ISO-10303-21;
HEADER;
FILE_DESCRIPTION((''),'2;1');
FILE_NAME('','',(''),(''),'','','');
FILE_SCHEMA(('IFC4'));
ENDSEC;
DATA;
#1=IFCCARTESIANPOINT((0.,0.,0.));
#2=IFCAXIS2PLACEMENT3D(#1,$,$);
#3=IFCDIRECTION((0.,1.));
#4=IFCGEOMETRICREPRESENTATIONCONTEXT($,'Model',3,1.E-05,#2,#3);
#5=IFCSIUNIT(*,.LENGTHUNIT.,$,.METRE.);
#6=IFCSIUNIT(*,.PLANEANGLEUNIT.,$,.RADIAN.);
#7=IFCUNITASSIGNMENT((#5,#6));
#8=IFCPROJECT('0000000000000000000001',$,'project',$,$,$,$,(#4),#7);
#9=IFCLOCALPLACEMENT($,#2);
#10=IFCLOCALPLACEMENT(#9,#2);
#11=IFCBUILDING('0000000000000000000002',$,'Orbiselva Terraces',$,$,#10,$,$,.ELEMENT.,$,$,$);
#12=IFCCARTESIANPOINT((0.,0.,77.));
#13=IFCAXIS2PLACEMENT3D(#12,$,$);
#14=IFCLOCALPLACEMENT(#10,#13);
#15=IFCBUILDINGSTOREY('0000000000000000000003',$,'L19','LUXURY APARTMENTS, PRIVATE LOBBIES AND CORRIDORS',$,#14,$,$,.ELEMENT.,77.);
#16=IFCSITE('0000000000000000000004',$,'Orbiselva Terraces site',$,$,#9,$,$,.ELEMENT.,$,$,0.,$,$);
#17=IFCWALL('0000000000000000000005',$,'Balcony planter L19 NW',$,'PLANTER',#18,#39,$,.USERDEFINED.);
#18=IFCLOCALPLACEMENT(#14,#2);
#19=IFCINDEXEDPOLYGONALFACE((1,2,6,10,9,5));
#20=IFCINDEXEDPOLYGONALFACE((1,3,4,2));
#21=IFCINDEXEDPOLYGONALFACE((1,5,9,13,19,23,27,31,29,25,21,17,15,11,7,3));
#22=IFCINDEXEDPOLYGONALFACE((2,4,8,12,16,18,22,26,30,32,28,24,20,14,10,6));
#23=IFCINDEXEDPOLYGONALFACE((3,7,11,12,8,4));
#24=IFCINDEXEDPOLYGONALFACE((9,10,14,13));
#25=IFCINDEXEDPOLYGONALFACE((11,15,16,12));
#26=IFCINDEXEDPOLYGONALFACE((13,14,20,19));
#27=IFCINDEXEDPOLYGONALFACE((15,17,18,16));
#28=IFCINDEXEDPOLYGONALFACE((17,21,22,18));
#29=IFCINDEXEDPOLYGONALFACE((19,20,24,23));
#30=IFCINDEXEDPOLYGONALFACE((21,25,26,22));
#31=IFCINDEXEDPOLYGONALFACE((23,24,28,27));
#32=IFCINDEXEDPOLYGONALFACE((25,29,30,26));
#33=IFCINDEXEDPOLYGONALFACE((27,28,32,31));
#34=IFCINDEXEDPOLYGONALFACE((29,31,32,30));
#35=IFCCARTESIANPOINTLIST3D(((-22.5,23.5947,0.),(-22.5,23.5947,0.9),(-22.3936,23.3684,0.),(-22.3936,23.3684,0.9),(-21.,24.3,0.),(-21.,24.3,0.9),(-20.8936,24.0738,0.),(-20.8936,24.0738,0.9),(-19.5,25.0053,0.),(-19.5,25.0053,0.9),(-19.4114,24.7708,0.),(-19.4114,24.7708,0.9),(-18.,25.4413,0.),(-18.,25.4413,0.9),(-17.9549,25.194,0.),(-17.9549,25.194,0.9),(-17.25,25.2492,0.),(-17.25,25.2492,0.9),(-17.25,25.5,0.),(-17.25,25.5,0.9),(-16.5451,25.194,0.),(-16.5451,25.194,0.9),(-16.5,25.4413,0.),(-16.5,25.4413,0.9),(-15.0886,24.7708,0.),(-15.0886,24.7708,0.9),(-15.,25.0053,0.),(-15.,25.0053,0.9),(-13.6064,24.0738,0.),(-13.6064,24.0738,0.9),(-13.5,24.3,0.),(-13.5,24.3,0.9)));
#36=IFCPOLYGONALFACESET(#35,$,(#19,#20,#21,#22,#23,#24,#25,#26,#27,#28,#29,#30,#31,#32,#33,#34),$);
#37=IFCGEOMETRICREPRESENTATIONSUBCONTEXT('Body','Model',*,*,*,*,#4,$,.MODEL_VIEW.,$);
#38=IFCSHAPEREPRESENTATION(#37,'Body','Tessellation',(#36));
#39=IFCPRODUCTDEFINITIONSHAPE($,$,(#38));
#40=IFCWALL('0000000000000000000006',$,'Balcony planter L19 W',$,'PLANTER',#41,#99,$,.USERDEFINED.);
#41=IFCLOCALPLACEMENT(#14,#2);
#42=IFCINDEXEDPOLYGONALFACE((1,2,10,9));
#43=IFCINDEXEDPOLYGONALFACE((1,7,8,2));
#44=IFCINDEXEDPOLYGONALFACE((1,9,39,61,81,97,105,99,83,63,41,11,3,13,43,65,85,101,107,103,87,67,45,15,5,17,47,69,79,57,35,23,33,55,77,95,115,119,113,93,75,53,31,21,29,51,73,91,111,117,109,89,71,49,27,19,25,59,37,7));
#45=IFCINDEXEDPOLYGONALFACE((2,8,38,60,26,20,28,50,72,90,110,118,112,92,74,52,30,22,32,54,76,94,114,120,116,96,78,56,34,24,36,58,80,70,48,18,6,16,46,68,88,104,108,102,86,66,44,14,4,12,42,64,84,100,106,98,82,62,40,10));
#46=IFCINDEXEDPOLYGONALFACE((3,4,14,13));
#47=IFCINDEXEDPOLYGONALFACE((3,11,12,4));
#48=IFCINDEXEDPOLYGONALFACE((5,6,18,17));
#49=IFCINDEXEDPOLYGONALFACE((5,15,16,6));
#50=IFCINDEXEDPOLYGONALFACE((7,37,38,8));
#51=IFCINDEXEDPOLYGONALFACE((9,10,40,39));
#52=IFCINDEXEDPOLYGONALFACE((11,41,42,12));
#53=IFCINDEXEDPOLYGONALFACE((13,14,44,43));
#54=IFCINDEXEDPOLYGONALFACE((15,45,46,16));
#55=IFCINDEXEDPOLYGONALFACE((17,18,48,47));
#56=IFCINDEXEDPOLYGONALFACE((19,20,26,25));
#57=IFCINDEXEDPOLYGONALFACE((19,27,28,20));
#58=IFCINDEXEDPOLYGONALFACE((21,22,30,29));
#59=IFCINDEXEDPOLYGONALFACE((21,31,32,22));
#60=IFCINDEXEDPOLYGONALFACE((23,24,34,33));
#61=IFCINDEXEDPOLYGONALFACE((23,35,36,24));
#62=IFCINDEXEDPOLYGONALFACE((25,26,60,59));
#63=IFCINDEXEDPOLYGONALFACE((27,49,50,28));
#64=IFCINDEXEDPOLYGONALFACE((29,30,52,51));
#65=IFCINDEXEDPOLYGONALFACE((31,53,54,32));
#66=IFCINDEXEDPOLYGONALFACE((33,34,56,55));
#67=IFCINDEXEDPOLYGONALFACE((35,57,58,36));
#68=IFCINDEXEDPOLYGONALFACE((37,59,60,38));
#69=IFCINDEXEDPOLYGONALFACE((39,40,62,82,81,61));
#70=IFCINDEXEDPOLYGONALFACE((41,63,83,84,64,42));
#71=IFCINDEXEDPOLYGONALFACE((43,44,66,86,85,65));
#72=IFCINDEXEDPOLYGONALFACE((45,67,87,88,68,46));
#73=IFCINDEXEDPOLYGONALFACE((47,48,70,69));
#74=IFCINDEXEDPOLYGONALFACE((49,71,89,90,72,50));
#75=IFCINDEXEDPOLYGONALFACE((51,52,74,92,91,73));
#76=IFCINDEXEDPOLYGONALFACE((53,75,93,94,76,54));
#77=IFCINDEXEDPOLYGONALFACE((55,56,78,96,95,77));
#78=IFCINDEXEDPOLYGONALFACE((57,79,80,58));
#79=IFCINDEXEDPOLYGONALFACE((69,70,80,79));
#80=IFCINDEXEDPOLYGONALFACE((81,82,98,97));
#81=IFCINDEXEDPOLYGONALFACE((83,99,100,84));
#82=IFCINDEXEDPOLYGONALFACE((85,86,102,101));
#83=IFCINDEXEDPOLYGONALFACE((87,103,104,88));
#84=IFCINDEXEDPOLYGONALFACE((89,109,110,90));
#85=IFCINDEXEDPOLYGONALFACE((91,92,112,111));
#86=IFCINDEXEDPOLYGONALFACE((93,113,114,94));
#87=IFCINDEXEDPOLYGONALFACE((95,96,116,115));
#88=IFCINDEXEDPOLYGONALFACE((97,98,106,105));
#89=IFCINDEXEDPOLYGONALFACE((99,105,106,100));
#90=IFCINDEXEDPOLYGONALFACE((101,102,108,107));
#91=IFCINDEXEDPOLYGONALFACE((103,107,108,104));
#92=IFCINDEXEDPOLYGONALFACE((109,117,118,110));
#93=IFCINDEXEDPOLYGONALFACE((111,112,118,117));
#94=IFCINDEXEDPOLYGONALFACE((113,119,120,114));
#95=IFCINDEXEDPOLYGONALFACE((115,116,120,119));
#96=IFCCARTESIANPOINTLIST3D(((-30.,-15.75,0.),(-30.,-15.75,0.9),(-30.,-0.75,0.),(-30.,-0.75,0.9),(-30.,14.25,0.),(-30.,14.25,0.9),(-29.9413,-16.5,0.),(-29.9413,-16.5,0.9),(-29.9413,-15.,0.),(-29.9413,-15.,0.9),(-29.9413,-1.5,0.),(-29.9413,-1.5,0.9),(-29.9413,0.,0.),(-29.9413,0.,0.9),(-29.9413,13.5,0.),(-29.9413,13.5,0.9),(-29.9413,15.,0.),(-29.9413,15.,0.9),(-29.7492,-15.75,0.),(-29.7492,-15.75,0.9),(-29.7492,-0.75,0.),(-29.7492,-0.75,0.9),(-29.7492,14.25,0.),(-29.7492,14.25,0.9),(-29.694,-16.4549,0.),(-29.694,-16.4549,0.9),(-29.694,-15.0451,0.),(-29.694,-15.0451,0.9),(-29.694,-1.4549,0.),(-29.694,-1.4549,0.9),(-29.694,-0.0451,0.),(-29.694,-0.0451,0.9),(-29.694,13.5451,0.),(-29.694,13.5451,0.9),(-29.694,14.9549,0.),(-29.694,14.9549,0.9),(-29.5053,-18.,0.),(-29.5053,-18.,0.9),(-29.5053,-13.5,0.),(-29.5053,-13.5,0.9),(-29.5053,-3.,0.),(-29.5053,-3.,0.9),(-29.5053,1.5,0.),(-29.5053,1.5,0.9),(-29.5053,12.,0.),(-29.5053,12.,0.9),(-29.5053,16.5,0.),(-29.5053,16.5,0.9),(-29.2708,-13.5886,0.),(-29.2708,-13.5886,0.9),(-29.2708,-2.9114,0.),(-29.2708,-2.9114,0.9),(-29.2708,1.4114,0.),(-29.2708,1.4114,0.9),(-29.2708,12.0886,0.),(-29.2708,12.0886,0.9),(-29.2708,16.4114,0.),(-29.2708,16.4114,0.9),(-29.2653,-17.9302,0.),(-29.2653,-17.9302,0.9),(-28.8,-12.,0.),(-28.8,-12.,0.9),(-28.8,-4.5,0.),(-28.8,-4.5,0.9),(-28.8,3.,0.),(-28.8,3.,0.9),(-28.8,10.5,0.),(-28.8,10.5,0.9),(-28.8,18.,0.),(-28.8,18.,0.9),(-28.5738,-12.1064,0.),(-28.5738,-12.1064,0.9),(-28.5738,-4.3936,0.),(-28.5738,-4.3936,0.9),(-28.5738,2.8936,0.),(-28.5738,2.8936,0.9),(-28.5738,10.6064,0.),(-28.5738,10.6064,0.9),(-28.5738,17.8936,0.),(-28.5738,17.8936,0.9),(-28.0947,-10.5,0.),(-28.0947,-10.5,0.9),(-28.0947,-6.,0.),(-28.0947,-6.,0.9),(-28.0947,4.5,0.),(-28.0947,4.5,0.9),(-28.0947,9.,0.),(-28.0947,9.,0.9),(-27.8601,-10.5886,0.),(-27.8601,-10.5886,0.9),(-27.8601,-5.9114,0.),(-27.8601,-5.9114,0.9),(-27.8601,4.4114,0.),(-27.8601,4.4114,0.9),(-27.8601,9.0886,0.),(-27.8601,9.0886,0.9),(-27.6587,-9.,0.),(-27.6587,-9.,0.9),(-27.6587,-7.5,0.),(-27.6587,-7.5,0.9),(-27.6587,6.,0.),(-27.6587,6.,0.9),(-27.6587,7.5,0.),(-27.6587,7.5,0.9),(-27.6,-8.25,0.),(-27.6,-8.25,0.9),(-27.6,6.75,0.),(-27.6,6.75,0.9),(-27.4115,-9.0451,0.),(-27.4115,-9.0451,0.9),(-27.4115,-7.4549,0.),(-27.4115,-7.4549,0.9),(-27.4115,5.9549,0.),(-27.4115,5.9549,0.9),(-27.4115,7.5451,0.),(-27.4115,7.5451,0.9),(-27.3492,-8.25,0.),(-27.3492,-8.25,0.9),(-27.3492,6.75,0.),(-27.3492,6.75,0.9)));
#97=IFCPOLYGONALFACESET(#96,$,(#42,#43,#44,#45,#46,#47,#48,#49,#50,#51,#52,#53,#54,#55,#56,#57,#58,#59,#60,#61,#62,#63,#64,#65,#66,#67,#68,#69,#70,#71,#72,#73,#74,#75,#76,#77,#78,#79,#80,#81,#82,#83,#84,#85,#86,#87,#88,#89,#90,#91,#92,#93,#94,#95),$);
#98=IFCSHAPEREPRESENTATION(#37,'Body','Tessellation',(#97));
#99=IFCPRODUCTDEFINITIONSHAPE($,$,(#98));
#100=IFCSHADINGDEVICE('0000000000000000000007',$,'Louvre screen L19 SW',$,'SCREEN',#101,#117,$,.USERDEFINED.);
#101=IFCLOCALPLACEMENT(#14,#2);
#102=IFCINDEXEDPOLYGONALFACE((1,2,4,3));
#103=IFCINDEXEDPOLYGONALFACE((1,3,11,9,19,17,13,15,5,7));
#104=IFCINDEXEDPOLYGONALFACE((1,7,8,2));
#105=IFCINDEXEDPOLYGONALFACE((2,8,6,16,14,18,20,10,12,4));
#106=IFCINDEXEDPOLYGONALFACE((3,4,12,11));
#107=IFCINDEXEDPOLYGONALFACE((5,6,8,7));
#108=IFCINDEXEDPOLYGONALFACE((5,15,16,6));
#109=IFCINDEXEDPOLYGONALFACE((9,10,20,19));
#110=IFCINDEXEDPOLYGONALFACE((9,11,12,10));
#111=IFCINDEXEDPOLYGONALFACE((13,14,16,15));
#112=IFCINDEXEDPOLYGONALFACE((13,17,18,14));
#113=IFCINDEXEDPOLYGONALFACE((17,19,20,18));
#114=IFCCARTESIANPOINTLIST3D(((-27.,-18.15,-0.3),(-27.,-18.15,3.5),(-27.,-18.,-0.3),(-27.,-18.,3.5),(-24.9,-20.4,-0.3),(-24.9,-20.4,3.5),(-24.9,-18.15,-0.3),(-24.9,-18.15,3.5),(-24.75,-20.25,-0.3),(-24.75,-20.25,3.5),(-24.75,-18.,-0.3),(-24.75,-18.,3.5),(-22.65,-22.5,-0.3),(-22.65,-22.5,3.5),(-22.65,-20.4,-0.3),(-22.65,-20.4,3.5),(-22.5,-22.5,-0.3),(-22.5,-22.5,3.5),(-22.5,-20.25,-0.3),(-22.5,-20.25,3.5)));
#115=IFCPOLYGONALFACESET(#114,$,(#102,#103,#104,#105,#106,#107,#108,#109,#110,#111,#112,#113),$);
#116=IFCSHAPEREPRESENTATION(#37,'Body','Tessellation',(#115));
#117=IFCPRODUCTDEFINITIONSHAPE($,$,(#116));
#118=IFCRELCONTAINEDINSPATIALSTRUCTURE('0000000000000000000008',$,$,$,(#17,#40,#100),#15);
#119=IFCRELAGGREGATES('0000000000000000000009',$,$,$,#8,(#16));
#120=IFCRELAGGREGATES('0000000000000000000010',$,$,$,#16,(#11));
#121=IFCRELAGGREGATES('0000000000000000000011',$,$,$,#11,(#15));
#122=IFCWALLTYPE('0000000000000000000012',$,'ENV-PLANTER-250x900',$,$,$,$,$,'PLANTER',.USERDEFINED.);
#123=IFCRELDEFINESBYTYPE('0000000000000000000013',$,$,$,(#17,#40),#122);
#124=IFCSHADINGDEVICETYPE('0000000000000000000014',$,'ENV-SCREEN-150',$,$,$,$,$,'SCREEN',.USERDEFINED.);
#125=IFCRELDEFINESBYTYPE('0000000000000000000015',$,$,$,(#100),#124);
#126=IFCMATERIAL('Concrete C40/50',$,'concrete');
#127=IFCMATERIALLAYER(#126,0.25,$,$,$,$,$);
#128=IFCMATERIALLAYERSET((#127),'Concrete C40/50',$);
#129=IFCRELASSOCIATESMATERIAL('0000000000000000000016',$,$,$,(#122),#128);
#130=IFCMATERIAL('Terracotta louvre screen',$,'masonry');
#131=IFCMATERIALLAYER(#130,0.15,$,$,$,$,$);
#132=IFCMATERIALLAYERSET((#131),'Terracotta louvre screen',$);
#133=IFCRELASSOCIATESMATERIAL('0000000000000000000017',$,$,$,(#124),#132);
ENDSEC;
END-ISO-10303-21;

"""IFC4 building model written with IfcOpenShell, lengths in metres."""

from ifc_helpers import new_model, si_unit, direction, frame, origin, place, context, subcontext, project, spatial, polyline, outline, extrude, material, layer, layer_set, type_object, element, save


model = new_model("IFC4")

# Units and contexts
model_context = context("Model", 3, precision=1e-05, world=origin(), true_north=direction((0.0, 1.0)))
body_context = subcontext(model_context, "Body", "Model", "MODEL_VIEW")
ifc_project = project(units=[si_unit("LENGTHUNIT", "METRE"), si_unit("PLANEANGLEUNIT", "RADIAN")], contexts=[model_context])

# Site, building, storey
site_placement = place(None, origin())
site = spatial("IfcSite", under=ifc_project, at=site_placement, Name="Orbiselva Terraces site", CompositionType="ELEMENT", RefElevation=0.0)
building_placement = place(site_placement, origin())
building = spatial("IfcBuilding", under=site, at=building_placement, Name="Orbiselva Terraces", CompositionType="ELEMENT")
storey_placement = place(building_placement, frame((0.0, 0.0, 77.0)))
storey = spatial("IfcBuildingStorey", under=building, at=storey_placement, Name="L19", Description="LUXURY APARTMENTS, PRIVATE LOBBIES AND CORRIDORS", CompositionType="ELEMENT", Elevation=77.0)

# Shared definitions
ifc_material_1 = material(Name="Concrete C40/50", Category="concrete")

# Walls
ifc_layer_1 = layer(ifc_material_1, 0.25)
ifc_layer_set_1 = layer_set([ifc_layer_1], Name="Concrete C40/50")
wall_type = type_object("IfcWallType", Name="ENV-PLANTER-250x900", ElementType="PLANTER", PredefinedType="USERDEFINED", material=ifc_layer_set_1)
wall_1_placement = place(storey_placement, origin())
element("IfcWall", 1, at=wall_1_placement, inside=storey, type_object=wall_type, Name="Balcony planter L19 NW", ObjectType="PLANTER", PredefinedType="USERDEFINED", context=body_context, shape_type="SweptSolid", body=[
    extrude(outline(polyline([(-13.5, 24.3), (-15.0, 25.0053), (-16.5, 25.4413), (-17.25, 25.5), (-18.0, 25.4413), (-19.5, 25.0053), (-21.0, 24.3), (-22.5, 23.5947), (-22.3936, 23.3684), (-20.8936, 24.0738), (-19.4114, 24.7708), (-17.9549, 25.194), (-17.25, 25.2492), (-16.5451, 25.194), (-15.0886, 24.7708), (-13.6064, 24.0738), (-13.5, 24.3)])), origin(), (0.0, 0.0, 1.0), 0.9),
])
wall_2_placement = place(storey_placement, origin())
element("IfcWall", 2, at=wall_2_placement, inside=storey, type_object=wall_type, Name="Balcony planter L19 W", ObjectType="PLANTER", PredefinedType="USERDEFINED", context=body_context, shape_type="SweptSolid", body=[
    extrude(outline(polyline([(-28.8, 18.0), (-29.5053, 16.5), (-29.9413, 15.0), (-30.0, 14.25), (-29.9413, 13.5), (-29.5053, 12.0), (-28.8, 10.5), (-28.0947, 9.0), (-27.6587, 7.5), (-27.6, 6.75), (-27.6587, 6.0), (-28.0947, 4.5), (-28.8, 3.0), (-29.5053, 1.5), (-29.9413, 0.0), (-30.0, -0.75), (-29.9413, -1.5), (-29.5053, -3.0), (-28.8, -4.5), (-28.0947, -6.0), (-27.6587, -7.5), (-27.6, -8.25), (-27.6587, -9.0), (-28.0947, -10.5), (-28.8, -12.0), (-29.5053, -13.5), (-29.9413, -15.0), (-30.0, -15.75), (-29.9413, -16.5), (-29.5053, -18.0), (-29.2653, -17.9302), (-29.694, -16.4549), (-29.7492, -15.75), (-29.694, -15.0451), (-29.2708, -13.5886), (-28.5738, -12.1064), (-27.8601, -10.5886), (-27.4115, -9.0451), (-27.3492, -8.25), (-27.4115, -7.4549), (-27.8601, -5.9114), (-28.5738, -4.3936), (-29.2708, -2.9114), (-29.694, -1.4549), (-29.7492, -0.75), (-29.694, -0.0451), (-29.2708, 1.4114), (-28.5738, 2.8936), (-27.8601, 4.4114), (-27.4115, 5.9549), (-27.3492, 6.75), (-27.4115, 7.5451), (-27.8601, 9.0886), (-28.5738, 10.6064), (-29.2708, 12.0886), (-29.694, 13.5451), (-29.7492, 14.25), (-29.694, 14.9549), (-29.2708, 16.4114), (-28.5738, 17.8936), (-28.8, 18.0)])), origin(), (0.0, 0.0, 1.0), 0.9),
])

# Shading device
ifc_material_2 = material(Name="Terracotta louvre screen", Category="masonry")
ifc_layer_2 = layer(ifc_material_2, 0.15)
ifc_layer_set_2 = layer_set([ifc_layer_2], Name="Terracotta louvre screen")
shading_device_type = type_object("IfcShadingDeviceType", Name="ENV-SCREEN-150", ElementType="SCREEN", PredefinedType="USERDEFINED", material=ifc_layer_set_2)
shading_device_placement = place(storey_placement, frame((0.0, 0.0, -0.3)))
element("IfcShadingDevice", 3, at=shading_device_placement, inside=storey, type_object=shading_device_type, Name="Louvre screen L19 SW", ObjectType="SCREEN", PredefinedType="USERDEFINED", context=body_context, shape_type="SweptSolid", body=[
    extrude(outline(polyline([(-27.0, -18.15), (-24.9, -18.15), (-24.9, -20.4), (-22.65, -20.4), (-22.65, -22.5), (-22.5, -22.5), (-22.5, -20.25), (-24.75, -20.25), (-24.75, -18.0), (-27.0, -18.0), (-27.0, -18.15)])), origin(), (0.0, 0.0, 1.0), 3.8),
])

save(model, "model.ifc")
